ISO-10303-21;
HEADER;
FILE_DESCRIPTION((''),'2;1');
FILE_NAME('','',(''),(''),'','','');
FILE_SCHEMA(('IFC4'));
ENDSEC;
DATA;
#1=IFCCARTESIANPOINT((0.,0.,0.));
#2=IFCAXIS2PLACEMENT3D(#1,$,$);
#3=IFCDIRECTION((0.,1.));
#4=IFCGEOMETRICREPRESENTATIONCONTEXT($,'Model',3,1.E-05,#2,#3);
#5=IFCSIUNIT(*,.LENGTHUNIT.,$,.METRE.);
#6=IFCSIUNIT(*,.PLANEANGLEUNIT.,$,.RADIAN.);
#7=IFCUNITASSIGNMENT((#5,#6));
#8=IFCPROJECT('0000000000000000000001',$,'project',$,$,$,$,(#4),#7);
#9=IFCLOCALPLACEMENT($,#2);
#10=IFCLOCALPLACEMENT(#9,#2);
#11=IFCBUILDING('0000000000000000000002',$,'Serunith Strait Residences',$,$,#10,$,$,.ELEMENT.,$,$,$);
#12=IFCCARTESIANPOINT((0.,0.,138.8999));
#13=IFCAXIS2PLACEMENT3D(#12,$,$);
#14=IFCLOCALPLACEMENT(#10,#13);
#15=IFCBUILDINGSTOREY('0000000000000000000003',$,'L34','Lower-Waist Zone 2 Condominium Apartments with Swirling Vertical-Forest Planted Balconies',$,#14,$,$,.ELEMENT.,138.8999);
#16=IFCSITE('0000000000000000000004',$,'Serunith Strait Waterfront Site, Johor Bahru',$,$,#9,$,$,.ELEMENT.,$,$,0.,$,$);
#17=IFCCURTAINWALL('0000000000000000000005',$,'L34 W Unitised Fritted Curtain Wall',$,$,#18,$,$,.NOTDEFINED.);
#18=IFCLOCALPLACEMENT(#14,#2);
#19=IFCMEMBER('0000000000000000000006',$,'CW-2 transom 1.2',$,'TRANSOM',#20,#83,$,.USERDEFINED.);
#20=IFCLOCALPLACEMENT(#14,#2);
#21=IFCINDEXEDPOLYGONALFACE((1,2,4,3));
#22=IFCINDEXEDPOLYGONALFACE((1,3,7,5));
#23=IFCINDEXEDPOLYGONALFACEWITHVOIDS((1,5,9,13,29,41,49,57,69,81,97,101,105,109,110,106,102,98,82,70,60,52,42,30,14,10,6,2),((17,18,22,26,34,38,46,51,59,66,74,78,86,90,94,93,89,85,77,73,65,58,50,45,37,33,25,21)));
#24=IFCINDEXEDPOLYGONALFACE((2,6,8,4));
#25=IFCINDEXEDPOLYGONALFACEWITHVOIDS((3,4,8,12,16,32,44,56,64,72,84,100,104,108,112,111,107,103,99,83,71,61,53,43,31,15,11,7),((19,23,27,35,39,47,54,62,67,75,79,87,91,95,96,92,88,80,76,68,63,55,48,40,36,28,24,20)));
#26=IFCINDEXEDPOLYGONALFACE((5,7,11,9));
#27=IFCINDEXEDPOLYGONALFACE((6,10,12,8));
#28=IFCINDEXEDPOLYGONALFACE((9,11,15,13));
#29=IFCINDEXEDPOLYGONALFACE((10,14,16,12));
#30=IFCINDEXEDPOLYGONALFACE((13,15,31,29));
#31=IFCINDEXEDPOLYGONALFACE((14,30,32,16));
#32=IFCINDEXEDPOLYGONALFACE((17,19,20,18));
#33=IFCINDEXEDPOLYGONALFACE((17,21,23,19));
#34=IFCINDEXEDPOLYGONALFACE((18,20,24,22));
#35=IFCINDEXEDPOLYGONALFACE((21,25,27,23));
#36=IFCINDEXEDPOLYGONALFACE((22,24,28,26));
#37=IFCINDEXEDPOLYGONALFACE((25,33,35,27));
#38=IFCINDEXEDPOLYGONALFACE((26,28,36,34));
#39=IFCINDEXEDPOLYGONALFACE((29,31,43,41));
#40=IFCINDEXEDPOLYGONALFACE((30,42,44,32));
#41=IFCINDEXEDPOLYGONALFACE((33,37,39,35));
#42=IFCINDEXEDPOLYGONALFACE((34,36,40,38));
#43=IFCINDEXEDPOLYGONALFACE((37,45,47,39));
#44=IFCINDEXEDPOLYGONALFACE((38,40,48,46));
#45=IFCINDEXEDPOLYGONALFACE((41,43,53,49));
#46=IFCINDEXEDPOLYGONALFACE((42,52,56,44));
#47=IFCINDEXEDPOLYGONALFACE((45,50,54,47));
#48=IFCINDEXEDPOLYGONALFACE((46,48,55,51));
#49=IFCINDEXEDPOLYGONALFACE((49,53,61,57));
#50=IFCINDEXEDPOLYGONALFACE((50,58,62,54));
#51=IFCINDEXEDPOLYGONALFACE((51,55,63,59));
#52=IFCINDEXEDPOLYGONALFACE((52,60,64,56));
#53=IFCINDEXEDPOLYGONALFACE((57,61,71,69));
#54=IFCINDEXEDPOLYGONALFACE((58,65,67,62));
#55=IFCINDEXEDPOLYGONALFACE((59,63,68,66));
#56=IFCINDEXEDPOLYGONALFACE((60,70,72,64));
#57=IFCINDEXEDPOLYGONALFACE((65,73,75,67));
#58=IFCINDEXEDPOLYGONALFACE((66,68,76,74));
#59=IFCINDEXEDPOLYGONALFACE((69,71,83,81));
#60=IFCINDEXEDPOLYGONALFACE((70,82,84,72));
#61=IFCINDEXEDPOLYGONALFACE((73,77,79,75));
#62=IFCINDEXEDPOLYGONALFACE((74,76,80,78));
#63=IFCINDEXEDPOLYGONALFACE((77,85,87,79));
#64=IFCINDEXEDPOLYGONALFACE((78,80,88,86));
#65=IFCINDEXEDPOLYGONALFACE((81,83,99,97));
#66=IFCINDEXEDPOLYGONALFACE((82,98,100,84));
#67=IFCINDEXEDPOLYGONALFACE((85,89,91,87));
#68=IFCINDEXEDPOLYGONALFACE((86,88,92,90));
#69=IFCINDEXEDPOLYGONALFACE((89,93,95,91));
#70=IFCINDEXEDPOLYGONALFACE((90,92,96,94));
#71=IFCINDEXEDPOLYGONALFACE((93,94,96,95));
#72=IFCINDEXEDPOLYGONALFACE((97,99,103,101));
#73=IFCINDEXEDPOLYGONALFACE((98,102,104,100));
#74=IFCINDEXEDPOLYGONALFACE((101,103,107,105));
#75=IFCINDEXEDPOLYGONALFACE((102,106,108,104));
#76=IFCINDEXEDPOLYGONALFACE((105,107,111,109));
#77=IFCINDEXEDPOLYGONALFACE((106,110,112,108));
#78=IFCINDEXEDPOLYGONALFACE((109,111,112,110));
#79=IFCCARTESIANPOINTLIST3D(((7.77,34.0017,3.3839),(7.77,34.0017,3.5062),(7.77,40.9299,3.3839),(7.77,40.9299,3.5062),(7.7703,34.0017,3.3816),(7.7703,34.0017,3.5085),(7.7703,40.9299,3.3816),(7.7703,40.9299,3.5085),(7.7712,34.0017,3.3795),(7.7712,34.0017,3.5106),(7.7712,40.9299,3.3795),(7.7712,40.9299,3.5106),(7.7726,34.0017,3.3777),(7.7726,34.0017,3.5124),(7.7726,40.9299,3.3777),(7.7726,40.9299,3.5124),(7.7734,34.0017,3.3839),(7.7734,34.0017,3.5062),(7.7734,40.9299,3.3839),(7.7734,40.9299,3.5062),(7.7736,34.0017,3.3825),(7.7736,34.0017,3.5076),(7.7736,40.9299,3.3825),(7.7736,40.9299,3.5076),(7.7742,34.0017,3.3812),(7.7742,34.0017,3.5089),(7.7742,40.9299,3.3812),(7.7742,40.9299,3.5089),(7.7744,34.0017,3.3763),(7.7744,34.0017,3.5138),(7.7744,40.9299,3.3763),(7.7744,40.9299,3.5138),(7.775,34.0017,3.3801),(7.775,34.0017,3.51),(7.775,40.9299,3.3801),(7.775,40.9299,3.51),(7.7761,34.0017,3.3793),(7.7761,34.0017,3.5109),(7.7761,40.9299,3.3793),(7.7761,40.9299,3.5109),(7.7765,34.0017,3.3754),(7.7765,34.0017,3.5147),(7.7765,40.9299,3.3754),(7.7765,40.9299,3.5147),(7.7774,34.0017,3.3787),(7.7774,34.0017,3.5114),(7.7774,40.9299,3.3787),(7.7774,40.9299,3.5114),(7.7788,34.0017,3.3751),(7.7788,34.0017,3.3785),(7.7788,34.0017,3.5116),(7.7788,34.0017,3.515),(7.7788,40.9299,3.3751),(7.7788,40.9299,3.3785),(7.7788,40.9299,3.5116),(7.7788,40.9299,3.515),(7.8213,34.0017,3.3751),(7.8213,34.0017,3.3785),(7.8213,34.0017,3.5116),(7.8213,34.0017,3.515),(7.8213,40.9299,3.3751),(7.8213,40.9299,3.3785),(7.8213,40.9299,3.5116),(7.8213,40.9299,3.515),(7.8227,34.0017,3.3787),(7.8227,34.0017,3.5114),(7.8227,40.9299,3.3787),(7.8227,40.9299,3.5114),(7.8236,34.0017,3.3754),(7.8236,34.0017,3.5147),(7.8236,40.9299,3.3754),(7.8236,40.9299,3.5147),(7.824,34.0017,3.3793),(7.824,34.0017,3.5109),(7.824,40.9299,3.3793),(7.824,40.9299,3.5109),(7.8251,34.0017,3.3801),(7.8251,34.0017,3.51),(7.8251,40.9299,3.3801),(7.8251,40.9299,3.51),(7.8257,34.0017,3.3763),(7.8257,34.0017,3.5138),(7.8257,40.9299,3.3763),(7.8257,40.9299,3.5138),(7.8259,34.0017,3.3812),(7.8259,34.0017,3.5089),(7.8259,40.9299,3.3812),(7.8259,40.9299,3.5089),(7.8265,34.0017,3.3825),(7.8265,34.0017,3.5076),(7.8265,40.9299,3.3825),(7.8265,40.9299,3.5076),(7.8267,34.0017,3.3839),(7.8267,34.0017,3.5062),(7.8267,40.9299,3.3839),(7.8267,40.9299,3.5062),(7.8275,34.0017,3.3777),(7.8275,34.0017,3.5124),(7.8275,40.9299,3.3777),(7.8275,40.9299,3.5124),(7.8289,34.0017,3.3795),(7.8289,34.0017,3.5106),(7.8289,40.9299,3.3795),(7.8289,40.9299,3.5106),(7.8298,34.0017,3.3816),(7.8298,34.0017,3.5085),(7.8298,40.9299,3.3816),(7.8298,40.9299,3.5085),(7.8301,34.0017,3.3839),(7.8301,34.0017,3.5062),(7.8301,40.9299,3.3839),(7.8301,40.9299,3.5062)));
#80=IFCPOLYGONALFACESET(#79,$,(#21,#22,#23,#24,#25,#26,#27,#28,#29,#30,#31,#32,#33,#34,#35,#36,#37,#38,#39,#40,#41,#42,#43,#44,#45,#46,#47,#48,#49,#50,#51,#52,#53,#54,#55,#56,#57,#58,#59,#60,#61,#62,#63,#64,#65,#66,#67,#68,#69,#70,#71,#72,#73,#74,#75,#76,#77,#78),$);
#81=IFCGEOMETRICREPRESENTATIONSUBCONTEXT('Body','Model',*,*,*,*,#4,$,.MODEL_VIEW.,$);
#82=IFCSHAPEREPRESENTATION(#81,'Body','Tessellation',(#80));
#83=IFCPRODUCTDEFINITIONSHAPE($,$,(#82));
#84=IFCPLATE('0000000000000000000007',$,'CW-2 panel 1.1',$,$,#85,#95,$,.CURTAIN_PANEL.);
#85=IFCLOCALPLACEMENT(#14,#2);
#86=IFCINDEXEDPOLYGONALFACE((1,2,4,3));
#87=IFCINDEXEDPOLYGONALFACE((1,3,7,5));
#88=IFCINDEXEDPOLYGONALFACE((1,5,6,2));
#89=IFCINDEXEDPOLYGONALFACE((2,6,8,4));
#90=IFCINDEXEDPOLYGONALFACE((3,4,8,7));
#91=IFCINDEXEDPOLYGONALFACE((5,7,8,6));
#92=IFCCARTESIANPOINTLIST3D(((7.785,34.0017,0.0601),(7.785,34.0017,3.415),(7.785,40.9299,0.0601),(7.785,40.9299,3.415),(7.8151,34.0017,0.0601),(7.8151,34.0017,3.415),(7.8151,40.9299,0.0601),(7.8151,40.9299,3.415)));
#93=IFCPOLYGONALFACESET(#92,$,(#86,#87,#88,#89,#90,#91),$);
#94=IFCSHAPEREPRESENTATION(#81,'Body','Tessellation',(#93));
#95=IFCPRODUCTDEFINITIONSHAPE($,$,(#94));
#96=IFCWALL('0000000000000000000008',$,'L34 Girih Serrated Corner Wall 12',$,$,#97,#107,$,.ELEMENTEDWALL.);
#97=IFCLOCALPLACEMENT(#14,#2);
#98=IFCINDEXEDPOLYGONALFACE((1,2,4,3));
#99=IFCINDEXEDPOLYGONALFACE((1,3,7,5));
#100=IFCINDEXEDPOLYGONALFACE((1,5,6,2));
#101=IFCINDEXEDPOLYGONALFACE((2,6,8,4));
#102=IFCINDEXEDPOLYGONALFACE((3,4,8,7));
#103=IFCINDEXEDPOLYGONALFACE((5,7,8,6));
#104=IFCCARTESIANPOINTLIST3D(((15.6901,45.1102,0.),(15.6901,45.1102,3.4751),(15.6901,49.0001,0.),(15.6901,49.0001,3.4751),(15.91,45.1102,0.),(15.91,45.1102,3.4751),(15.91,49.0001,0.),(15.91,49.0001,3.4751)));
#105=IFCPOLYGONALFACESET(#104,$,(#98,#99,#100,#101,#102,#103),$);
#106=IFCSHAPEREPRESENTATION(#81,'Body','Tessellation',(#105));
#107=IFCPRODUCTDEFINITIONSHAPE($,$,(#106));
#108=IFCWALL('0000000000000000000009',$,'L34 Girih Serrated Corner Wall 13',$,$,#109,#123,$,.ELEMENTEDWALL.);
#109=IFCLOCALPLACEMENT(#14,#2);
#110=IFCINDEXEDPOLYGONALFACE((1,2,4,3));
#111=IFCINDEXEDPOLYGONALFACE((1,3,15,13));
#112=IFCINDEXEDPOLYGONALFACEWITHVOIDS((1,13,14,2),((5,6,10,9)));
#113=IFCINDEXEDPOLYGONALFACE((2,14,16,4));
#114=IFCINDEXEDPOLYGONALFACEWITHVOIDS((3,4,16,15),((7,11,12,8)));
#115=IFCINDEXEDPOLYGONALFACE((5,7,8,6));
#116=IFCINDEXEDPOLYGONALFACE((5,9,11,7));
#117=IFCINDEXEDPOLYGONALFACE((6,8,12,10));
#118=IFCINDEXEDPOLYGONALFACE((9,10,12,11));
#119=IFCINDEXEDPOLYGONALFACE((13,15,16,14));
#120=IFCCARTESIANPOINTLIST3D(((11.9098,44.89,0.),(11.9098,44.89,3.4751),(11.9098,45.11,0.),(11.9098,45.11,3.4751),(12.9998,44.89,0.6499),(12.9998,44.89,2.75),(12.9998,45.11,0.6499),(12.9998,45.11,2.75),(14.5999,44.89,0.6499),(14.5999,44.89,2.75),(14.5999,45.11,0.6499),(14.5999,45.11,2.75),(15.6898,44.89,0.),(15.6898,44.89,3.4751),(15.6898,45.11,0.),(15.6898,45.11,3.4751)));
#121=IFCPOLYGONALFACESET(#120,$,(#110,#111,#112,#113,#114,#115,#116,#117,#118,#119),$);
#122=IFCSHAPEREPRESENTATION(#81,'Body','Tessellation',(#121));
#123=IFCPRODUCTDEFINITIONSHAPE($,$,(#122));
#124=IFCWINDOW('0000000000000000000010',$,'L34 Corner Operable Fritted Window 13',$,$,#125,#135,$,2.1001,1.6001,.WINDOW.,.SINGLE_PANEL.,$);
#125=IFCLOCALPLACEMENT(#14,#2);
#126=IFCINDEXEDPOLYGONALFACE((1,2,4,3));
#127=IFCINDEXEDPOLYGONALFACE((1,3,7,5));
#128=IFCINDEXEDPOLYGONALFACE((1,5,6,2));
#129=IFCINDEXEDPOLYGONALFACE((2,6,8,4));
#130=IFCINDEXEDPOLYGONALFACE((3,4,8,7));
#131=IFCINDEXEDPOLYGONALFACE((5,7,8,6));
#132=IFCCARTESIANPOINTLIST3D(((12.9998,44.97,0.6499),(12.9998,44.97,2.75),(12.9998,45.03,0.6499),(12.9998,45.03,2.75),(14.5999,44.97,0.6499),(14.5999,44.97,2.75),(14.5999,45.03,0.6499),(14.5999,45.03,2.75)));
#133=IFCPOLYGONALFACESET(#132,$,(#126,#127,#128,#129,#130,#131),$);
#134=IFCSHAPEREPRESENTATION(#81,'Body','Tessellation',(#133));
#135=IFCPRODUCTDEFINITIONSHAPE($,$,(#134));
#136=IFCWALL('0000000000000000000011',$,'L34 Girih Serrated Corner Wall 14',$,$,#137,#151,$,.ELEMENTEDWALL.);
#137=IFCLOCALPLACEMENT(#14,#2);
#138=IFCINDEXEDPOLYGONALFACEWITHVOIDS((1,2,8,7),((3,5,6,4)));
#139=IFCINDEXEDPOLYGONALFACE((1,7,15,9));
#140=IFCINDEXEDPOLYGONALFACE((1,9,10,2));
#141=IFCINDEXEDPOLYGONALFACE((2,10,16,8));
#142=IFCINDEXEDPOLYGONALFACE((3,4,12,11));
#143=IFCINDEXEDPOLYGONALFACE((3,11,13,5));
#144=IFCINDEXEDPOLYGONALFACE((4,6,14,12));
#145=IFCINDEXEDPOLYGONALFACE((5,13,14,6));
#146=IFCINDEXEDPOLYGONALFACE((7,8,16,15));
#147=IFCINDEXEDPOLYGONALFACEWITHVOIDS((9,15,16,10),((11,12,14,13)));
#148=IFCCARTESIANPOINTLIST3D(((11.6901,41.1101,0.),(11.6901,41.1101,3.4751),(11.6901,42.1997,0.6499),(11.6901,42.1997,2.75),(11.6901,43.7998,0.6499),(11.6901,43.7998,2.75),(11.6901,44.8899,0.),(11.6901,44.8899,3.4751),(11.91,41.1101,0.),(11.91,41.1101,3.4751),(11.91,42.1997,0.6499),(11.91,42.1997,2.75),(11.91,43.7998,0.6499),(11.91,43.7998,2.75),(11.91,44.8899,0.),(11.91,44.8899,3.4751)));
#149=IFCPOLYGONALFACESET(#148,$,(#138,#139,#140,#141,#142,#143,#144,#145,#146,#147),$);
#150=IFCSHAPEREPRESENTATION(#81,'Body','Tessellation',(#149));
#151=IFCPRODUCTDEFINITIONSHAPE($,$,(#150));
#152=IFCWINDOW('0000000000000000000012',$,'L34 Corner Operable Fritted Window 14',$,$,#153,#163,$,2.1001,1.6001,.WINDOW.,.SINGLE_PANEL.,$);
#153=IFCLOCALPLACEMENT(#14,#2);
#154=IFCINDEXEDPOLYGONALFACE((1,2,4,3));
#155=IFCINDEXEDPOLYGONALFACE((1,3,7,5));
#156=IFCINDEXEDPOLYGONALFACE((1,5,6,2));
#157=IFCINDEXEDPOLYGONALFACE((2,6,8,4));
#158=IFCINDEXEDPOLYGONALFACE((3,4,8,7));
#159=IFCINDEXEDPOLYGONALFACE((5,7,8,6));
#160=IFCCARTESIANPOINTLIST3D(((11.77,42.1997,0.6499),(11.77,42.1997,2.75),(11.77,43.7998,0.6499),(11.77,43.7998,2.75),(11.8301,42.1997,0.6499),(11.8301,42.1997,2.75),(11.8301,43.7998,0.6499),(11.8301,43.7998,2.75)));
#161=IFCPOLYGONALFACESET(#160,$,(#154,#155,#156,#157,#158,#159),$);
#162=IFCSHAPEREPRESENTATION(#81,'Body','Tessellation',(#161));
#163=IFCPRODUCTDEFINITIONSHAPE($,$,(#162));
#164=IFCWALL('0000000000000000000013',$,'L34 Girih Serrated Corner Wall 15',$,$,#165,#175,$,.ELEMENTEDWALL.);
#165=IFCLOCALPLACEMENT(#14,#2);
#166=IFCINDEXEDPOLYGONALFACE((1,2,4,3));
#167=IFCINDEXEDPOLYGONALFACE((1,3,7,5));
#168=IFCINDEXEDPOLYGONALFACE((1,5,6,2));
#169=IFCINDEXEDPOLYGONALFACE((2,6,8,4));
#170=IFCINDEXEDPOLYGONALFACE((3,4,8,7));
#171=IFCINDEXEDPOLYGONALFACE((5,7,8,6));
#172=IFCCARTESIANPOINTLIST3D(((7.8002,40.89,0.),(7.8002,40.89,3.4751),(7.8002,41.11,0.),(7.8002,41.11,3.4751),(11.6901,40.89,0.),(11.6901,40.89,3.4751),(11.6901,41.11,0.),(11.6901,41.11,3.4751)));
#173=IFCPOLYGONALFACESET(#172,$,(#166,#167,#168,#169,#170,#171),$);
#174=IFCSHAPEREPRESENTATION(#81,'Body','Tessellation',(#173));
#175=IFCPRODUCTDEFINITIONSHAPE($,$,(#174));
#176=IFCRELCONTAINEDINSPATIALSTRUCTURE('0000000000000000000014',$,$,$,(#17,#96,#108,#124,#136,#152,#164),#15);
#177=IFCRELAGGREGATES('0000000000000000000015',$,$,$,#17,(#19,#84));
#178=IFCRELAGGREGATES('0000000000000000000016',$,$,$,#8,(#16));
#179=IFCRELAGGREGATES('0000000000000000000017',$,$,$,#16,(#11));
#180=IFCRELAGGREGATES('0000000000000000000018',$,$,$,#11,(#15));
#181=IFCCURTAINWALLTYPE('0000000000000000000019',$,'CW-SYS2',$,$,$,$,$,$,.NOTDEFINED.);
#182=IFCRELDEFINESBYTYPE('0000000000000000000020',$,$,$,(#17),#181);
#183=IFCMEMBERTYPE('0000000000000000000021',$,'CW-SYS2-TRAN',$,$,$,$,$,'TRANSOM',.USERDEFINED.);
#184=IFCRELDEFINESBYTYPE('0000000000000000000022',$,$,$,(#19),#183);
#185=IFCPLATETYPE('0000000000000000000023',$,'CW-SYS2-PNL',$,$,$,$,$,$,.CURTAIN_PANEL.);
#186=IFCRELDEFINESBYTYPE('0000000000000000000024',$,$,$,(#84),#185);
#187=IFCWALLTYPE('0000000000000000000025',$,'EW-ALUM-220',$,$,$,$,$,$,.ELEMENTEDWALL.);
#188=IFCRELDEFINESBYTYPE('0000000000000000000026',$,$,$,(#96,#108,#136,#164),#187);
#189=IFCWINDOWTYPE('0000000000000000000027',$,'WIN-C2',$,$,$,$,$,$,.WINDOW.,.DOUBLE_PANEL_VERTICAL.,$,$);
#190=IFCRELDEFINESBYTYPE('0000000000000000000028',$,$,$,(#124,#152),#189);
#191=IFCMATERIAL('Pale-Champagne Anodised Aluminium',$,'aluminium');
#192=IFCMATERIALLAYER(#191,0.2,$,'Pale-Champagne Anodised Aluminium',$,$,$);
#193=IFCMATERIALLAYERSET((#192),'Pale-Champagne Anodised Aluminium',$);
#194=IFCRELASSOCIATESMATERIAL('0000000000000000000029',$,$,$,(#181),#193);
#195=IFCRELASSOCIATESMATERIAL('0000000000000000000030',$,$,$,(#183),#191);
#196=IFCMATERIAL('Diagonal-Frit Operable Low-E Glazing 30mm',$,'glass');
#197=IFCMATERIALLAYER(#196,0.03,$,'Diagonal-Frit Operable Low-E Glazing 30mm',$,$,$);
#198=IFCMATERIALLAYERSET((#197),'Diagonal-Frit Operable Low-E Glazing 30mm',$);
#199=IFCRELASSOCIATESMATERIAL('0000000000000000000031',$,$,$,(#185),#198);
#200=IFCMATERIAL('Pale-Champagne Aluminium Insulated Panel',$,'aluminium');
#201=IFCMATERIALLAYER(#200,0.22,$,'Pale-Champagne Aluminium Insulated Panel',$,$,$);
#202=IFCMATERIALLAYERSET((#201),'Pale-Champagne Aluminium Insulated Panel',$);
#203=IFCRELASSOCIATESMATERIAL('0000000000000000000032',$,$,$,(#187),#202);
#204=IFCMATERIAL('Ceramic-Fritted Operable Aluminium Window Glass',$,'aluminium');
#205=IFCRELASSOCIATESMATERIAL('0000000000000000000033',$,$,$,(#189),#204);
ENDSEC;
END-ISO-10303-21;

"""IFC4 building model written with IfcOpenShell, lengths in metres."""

from ifc_helpers import new_model, si_unit, direction, frame, frame_2d, origin, origin_2d, place, context, subcontext, project, spatial, rectangle, hollow_rectangle, extrude, source, transform, mapped, material, layer, layer_set, material_profile, profile_set, type_object, element, fill, aggregate, save


model = new_model("IFC4")

# Units and contexts
model_context = context("Model", 3, precision=1e-05, world=origin(), true_north=direction((0.0, 1.0)))
body_context = subcontext(model_context, "Body", "Model", "MODEL_VIEW")
ifc_project = project(units=[si_unit("LENGTHUNIT", "METRE"), si_unit("PLANEANGLEUNIT", "RADIAN")], contexts=[model_context])

# Site, building, storey
site_placement = place(None, origin())
site = spatial("IfcSite", under=ifc_project, at=site_placement, Name="Serunith Strait Waterfront Site, Johor Bahru", CompositionType="ELEMENT", RefElevation=0.0)
building_placement = place(site_placement, origin())
building = spatial("IfcBuilding", under=site, at=building_placement, Name="Serunith Strait Residences", CompositionType="ELEMENT")
storey_placement = place(building_placement, frame((0.0, 0.0, 138.8999)))
storey = spatial("IfcBuildingStorey", under=building, at=storey_placement, Name="L34", Description="Lower-Waist Zone 2 Condominium Apartments with Swirling Vertical-Forest Planted Balconies", CompositionType="ELEMENT", Elevation=138.8999)

# Shared definitions
ifc_material_1 = material(Name="Pale-Champagne Anodised Aluminium", Category="aluminium")
ifc_layer_1 = layer(ifc_material_1, 0.2, Name="Pale-Champagne Anodised Aluminium")
ifc_layer_set_1 = layer_set([ifc_layer_1], Name="Pale-Champagne Anodised Aluminium")
curtain_wall_type = type_object("IfcCurtainWallType", Name="CW-SYS2", PredefinedType="NOTDEFINED", material=ifc_layer_set_1)

# Curtain wall, member, plate
curtain_wall_1_placement = place(storey_placement, origin())
curtain_wall_1 = element("IfcCurtainWall", 1, at=curtain_wall_1_placement, inside=storey, type_object=curtain_wall_type, Name="L34 W Unitised Fritted Curtain Wall", PredefinedType="NOTDEFINED")
ifc_material_profile_1 = material_profile(ifc_material_1, hollow_rectangle(XDim=0.0601, YDim=0.1399, WallThickness=0.0034, InnerFilletRadius=0.0054, OuterFilletRadius=0.0088, at=origin_2d()), Name="ALU 140x60x3.5")
ifc_profile_set_1 = profile_set([ifc_material_profile_1], Name="Pale-Champagne Anodised Aluminium")
member_type_1 = type_object("IfcMemberType", Name="CW-SYS2-TRAN", ElementType="TRANSOM", PredefinedType="USERDEFINED", material=ifc_profile_set_1)
shared_shape_1 = source(origin(), body_context, "Body", "SweptSolid", [
    extrude(hollow_rectangle(XDim=0.0601, YDim=0.1399, WallThickness=0.0034, InnerFilletRadius=0.0054, OuterFilletRadius=0.0088, at=origin_2d()), origin(), (0.0, 0.0, 1.0), 6.9282),
])
member_1_placement = place(storey_placement, frame((7.8, 40.9299, 3.4451), z_axis=(0.0, -1.0, 0.0), x_axis=(1.0, 0.0, 0.0)))
member_1 = element("IfcMember", 2, at=member_1_placement, type_object=member_type_1, Name="CW-2 transom 1.2", ObjectType="TRANSOM", PredefinedType="USERDEFINED", context=body_context, shape_type="MappedRepresentation", body=[
    mapped(shared_shape_1, transform((0.0, 0.0, 0.0), scale=1.0)),
])
ifc_material_2 = material(Name="Diagonal-Frit Operable Low-E Glazing 30mm", Category="glass")
ifc_layer_2 = layer(ifc_material_2, 0.03, Name="Diagonal-Frit Operable Low-E Glazing 30mm")
ifc_layer_set_2 = layer_set([ifc_layer_2], Name="Diagonal-Frit Operable Low-E Glazing 30mm")
plate_type = type_object("IfcPlateType", Name="CW-SYS2-PNL", PredefinedType="CURTAIN_PANEL", material=ifc_layer_set_2)
shared_shape_2 = source(origin(), body_context, "Body", "SweptSolid", [
    extrude(rectangle(XDim=6.9282, YDim=0.03, at=origin_2d()), origin(), (0.0, 0.0, 1.0), 3.355),
])
plate_placement = place(storey_placement, frame((7.8, 37.4658, 0.0601), z_axis=(0.0, 0.0, 1.0), x_axis=(0.0, -1.0, 0.0)))
plate = element("IfcPlate", 3, at=plate_placement, type_object=plate_type, Name="CW-2 panel 1.1", PredefinedType="CURTAIN_PANEL", context=body_context, shape_type="MappedRepresentation", body=[
    mapped(shared_shape_2, transform((0.0, 0.0, 0.0), scale=1.0)),
])
aggregate(curtain_wall_1, [member_1, plate])

# Wall
ifc_material_3 = material(Name="Pale-Champagne Aluminium Insulated Panel", Category="aluminium")
ifc_layer_3 = layer(ifc_material_3, 0.22, Name="Pale-Champagne Aluminium Insulated Panel")
ifc_layer_set_3 = layer_set([ifc_layer_3], Name="Pale-Champagne Aluminium Insulated Panel")
wall_type_1 = type_object("IfcWallType", Name="EW-ALUM-220", PredefinedType="ELEMENTEDWALL", material=ifc_layer_set_3)
wall_1_placement = place(storey_placement, frame((15.8, 49.0, 0.0), z_axis=(0.0, 0.0, 1.0), x_axis=(0.0, -1.0, 0.0)))
element("IfcWall", 4, at=wall_1_placement, inside=storey, type_object=wall_type_1, Name="L34 Girih Serrated Corner Wall 12", PredefinedType="ELEMENTEDWALL", context=body_context, shape_type="SweptSolid", body=[
    extrude(rectangle(XDim=3.8899, YDim=0.22, at=frame_2d((1.9448, 0.0))), origin(), (0.0, 0.0, 1.0), 3.4751),
])

# Walls, openings, windows
wall_2_placement = place(storey_placement, frame((15.6899, 45.0, 0.0), z_axis=(0.0, 0.0, 1.0), x_axis=(-1.0, 0.0, 0.0)))
wall_2 = element("IfcWall", 5, at=wall_2_placement, inside=storey, type_object=wall_type_1, Name="L34 Girih Serrated Corner Wall 13", PredefinedType="ELEMENTEDWALL", context=body_context, shape_type="SweptSolid", body=[
    extrude(rectangle(XDim=3.78, YDim=0.22, at=frame_2d((1.8901, 0.0))), origin(), (0.0, 0.0, 1.0), 3.4751),
])
opening_1_placement = place(wall_2_placement, frame((1.0901, 0.0, 0.6499)))
opening_1 = element("IfcOpeningElement", 6, at=opening_1_placement, cuts=wall_2, PredefinedType="OPENING", context=body_context, shape_type="SweptSolid", body=[
    extrude(rectangle(XDim=1.6001, YDim=2.1001, at=frame_2d((0.8, 1.05))), frame((0.0, 0.1201, 0.0), z_axis=(0.0, -1.0, 0.0), x_axis=(1.0, 0.0, 0.0)), (0.0, 0.0, 1.0), 0.24),
])
ifc_material_4 = material(Name="Ceramic-Fritted Operable Aluminium Window Glass", Category="aluminium")
window_type = type_object("IfcWindowType", Name="WIN-C2", PartitioningType="DOUBLE_PANEL_VERTICAL", PredefinedType="WINDOW", material=ifc_material_4)
shared_shape_3 = source(origin(), body_context, "Body", "SweptSolid", [
    extrude(rectangle(XDim=1.6001, YDim=2.1001, at=frame_2d((0.8, 1.05))), frame((0.0, 0.03, 0.0), z_axis=(0.0, -1.0, 0.0), x_axis=(1.0, 0.0, 0.0)), (0.0, 0.0, 1.0), 0.0601),
])
window_1_placement = place(opening_1_placement, origin())
window_1 = element("IfcWindow", 7, at=window_1_placement, inside=storey, type_object=window_type, Name="L34 Corner Operable Fritted Window 13", OverallHeight=2.1001, OverallWidth=1.6001, PartitioningType="SINGLE_PANEL", PredefinedType="WINDOW", context=body_context, shape_type="MappedRepresentation", body=[
    mapped(shared_shape_3, transform((0.0, 0.0, 0.0), scale=1.0)),
])
fill(opening_1, window_1)
wall_3_placement = place(storey_placement, frame((11.8, 44.8899, 0.0), z_axis=(0.0, 0.0, 1.0), x_axis=(0.0, -1.0, 0.0)))
wall_3 = element("IfcWall", 8, at=wall_3_placement, inside=storey, type_object=wall_type_1, Name="L34 Girih Serrated Corner Wall 14", PredefinedType="ELEMENTEDWALL", context=body_context, shape_type="SweptSolid", body=[
    extrude(rectangle(XDim=3.7798, YDim=0.22, at=frame_2d((1.8899, 0.0))), origin(), (0.0, 0.0, 1.0), 3.4751),
])
opening_2_placement = place(wall_3_placement, frame((1.0901, 0.0, 0.6499)))
opening_2 = element("IfcOpeningElement", 9, at=opening_2_placement, cuts=wall_3, PredefinedType="OPENING", context=body_context, shape_type="SweptSolid", body=[
    extrude(rectangle(XDim=1.6001, YDim=2.1001, at=frame_2d((0.8, 1.05))), frame((0.0, 0.1201, 0.0), z_axis=(0.0, -1.0, 0.0), x_axis=(1.0, 0.0, 0.0)), (0.0, 0.0, 1.0), 0.24),
])
window_2_placement = place(opening_2_placement, origin())
window_2 = element("IfcWindow", 10, at=window_2_placement, inside=storey, type_object=window_type, Name="L34 Corner Operable Fritted Window 14", OverallHeight=2.1001, OverallWidth=1.6001, PartitioningType="SINGLE_PANEL", PredefinedType="WINDOW", context=body_context, shape_type="MappedRepresentation", body=[
    mapped(shared_shape_3, transform((0.0, 0.0, 0.0), scale=1.0)),
])
fill(opening_2, window_2)

# Wall
wall_4_placement = place(storey_placement, frame((11.6899, 41.0, 0.0), z_axis=(0.0, 0.0, 1.0), x_axis=(-1.0, 0.0, 0.0)))
element("IfcWall", 11, at=wall_4_placement, inside=storey, type_object=wall_type_1, Name="L34 Girih Serrated Corner Wall 15", PredefinedType="ELEMENTEDWALL", context=body_context, shape_type="SweptSolid", body=[
    extrude(rectangle(XDim=3.8899, YDim=0.22, at=frame_2d((1.9448, 0.0))), origin(), (0.0, 0.0, 1.0), 3.4751),
])

save(model, "model.ifc")
